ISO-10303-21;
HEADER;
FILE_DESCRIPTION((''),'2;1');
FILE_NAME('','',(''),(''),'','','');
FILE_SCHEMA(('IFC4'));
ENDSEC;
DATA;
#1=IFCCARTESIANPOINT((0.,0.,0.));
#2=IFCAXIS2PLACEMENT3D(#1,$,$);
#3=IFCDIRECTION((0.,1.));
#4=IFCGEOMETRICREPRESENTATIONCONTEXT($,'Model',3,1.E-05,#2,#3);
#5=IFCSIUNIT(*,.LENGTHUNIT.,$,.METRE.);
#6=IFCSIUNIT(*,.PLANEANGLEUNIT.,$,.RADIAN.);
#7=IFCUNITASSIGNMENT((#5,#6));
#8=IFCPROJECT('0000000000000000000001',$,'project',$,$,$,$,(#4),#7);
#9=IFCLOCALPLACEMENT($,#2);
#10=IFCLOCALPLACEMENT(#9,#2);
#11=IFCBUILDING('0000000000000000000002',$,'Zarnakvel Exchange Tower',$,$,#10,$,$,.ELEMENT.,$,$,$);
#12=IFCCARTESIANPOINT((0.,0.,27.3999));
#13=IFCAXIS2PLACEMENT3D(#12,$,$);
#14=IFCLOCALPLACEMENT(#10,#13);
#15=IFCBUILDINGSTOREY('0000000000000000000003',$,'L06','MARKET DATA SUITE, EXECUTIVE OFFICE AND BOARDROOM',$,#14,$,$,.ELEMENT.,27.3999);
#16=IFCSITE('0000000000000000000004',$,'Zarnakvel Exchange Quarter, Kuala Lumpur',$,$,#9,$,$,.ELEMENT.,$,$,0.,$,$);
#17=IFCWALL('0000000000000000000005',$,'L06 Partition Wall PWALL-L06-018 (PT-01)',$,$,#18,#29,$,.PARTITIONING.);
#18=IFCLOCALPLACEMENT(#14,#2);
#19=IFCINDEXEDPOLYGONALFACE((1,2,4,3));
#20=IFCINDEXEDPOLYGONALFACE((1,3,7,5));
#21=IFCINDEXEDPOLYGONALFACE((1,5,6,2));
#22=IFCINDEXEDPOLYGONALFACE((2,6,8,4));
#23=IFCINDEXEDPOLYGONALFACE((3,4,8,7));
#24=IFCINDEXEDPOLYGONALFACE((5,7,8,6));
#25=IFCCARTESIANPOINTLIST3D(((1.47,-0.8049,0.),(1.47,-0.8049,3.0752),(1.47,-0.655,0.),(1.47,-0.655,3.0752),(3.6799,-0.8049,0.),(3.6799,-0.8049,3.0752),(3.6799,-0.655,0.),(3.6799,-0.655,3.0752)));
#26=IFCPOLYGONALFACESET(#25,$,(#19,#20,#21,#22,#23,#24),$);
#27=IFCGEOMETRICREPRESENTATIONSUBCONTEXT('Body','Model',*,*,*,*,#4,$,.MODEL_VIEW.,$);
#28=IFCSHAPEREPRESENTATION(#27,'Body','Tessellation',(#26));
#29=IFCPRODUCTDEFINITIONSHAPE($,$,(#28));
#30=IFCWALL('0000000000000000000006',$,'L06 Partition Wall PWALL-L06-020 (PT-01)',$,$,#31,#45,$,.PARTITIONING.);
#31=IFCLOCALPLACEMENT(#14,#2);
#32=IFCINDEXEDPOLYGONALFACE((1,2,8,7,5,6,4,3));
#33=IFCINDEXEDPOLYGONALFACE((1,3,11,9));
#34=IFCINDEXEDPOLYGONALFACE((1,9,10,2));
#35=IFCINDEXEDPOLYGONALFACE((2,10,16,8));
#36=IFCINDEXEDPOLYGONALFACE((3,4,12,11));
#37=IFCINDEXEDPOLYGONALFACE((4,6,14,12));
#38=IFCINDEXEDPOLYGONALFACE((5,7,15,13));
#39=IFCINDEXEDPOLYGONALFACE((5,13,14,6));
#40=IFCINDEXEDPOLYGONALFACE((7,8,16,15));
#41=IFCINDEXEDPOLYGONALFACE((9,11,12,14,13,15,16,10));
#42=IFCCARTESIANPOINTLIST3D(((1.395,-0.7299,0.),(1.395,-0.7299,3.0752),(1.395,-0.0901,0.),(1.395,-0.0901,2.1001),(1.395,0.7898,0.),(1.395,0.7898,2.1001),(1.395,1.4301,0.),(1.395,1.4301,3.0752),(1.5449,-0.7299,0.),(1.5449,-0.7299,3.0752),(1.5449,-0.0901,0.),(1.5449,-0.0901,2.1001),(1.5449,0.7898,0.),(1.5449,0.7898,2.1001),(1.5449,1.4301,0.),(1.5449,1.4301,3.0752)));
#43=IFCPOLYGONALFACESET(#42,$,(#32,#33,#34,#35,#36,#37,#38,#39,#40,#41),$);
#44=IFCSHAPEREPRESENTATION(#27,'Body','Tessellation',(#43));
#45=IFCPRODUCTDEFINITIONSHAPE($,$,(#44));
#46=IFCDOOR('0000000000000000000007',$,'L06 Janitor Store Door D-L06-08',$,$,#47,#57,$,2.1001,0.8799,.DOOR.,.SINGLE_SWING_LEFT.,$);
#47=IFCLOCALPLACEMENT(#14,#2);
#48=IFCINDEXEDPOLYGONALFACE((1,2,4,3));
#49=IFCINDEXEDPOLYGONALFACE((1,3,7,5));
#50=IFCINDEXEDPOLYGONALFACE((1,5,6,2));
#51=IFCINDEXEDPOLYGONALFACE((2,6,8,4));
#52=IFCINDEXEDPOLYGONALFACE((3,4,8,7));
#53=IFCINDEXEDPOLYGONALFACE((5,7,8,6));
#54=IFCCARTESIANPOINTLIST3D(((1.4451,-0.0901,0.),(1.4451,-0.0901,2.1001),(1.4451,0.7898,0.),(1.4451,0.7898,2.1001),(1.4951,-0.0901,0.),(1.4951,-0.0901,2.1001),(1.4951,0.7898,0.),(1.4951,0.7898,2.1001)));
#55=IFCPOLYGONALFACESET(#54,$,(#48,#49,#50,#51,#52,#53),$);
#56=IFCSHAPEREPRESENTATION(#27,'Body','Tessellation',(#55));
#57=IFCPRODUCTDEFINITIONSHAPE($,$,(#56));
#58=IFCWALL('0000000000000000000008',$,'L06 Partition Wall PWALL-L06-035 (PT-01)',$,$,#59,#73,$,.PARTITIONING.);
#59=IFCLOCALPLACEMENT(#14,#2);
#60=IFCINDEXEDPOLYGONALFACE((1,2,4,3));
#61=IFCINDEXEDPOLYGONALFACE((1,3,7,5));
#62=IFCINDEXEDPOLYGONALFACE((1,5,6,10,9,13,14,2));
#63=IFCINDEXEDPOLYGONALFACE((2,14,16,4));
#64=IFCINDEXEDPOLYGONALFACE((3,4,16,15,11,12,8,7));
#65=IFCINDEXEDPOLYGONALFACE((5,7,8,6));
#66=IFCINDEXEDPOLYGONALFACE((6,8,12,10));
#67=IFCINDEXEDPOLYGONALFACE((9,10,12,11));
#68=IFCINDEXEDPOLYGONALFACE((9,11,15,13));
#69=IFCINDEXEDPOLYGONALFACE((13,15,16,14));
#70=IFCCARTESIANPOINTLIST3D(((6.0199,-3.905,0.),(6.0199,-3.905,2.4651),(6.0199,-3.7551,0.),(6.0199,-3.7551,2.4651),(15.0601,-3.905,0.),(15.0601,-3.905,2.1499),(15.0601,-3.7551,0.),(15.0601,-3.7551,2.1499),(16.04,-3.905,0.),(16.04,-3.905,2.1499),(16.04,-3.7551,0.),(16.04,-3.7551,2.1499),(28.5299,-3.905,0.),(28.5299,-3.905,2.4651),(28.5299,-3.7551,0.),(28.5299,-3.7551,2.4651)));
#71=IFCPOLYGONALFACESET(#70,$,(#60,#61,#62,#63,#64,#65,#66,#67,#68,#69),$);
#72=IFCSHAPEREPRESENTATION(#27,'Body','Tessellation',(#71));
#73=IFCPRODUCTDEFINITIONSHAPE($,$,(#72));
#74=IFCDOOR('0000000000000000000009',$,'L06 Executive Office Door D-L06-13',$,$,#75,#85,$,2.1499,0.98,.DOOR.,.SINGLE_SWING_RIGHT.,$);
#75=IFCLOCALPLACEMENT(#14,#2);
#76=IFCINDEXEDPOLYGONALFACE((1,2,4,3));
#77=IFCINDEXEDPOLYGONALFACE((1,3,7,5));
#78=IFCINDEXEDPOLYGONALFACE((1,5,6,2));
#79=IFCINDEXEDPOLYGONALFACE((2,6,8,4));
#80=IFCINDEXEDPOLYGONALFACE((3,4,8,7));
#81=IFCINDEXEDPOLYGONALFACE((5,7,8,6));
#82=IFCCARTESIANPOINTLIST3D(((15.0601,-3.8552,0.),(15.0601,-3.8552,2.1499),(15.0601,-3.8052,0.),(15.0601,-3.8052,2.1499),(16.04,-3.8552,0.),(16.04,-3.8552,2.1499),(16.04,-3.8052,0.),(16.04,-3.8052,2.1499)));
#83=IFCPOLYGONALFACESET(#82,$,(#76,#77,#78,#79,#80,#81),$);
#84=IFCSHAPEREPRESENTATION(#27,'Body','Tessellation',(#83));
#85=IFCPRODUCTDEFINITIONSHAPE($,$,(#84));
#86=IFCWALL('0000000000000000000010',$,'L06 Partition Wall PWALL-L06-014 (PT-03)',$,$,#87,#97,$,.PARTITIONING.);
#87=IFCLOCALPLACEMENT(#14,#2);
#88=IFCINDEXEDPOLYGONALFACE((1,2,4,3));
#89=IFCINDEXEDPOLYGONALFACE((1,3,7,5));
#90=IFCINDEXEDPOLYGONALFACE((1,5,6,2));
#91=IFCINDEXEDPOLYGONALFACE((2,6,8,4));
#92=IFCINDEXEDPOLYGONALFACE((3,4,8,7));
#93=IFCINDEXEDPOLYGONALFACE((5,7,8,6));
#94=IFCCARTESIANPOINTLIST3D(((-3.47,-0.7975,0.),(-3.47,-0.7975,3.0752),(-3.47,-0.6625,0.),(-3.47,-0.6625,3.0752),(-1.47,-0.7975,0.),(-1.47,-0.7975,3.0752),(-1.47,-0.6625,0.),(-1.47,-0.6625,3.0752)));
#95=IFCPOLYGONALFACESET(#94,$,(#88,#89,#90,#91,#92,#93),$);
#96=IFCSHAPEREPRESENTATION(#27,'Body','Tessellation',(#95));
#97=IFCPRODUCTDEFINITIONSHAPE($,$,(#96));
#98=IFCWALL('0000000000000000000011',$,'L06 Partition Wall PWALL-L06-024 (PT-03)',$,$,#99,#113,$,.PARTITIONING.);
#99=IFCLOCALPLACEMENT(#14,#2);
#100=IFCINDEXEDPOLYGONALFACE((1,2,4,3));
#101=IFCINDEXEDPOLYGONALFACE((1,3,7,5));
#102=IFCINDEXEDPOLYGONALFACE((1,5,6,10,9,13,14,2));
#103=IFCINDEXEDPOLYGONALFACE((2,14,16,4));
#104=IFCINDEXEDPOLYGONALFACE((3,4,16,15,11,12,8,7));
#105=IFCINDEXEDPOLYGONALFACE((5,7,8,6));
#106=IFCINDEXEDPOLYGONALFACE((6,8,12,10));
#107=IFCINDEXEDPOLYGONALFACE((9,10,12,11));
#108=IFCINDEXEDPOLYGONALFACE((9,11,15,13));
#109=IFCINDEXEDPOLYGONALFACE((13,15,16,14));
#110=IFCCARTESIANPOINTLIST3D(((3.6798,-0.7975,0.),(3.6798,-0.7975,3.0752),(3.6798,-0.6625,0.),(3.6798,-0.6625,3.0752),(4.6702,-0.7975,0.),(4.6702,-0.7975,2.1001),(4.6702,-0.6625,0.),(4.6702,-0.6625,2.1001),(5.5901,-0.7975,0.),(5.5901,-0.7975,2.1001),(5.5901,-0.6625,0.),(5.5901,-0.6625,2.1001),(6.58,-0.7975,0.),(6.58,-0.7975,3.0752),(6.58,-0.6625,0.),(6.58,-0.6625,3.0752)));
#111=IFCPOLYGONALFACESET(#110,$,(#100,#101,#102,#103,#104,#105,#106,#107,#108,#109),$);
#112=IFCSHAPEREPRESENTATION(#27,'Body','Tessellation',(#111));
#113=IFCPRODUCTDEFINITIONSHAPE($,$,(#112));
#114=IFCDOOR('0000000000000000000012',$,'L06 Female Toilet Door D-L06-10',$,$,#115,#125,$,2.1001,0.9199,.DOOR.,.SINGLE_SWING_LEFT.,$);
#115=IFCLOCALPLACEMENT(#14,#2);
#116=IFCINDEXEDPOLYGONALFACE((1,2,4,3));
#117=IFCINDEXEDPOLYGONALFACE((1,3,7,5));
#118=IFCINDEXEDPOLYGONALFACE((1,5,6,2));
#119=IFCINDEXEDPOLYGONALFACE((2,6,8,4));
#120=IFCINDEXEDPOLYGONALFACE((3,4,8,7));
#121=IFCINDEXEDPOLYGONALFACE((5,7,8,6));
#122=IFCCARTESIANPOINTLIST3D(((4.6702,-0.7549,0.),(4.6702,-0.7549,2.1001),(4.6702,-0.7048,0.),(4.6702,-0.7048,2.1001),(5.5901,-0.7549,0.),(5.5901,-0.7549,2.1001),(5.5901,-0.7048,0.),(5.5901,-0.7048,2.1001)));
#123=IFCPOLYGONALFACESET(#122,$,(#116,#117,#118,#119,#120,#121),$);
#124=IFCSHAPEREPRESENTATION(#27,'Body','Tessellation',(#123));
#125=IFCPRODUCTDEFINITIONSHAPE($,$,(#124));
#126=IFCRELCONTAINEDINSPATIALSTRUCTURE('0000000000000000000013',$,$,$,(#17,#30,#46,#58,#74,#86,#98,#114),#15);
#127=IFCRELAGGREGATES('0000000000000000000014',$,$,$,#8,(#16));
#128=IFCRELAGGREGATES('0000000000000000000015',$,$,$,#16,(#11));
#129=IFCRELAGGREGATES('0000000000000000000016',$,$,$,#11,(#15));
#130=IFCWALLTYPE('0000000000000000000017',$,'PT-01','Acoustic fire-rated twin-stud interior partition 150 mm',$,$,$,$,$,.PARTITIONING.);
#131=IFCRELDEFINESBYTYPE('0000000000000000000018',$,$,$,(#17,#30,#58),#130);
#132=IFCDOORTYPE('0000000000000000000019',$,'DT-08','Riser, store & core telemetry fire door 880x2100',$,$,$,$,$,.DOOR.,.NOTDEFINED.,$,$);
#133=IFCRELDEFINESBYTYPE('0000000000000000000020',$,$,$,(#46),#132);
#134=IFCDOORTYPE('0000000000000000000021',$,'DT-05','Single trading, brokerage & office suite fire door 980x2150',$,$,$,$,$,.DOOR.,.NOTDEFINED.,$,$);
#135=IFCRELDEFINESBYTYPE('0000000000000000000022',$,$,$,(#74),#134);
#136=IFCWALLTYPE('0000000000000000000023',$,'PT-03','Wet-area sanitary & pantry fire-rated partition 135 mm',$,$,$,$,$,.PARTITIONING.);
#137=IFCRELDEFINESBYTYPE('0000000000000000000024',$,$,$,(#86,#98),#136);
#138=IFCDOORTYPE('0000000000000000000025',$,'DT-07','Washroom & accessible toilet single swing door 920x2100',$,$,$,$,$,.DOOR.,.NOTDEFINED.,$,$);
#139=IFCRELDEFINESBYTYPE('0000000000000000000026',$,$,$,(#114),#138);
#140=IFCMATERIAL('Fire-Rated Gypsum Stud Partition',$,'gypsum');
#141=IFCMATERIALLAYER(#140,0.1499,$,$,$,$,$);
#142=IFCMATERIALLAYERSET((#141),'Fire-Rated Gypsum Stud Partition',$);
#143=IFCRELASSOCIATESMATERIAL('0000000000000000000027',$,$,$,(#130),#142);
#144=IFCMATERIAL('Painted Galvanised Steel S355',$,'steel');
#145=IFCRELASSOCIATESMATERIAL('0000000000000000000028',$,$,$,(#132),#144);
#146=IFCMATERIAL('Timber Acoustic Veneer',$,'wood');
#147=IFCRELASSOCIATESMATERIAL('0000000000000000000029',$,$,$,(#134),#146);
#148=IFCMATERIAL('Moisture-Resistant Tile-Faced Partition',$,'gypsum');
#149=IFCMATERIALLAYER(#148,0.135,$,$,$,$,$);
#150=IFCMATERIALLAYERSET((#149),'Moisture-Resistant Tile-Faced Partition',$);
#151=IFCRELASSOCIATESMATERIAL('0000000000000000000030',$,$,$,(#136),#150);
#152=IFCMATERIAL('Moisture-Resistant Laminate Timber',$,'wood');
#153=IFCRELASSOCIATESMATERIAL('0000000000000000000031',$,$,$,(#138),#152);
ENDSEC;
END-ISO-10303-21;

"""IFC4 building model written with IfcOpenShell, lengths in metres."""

from ifc_helpers import new_model, si_unit, direction, frame, frame_2d, origin, place, context, subcontext, project, spatial, rectangle, extrude, source, transform, mapped, material, layer, layer_set, type_object, element, fill, save


model = new_model("IFC4")

# Units and contexts
model_context = context("Model", 3, precision=1e-05, world=origin(), true_north=direction((0.0, 1.0)))
body_context = subcontext(model_context, "Body", "Model", "MODEL_VIEW")
ifc_project = project(units=[si_unit("LENGTHUNIT", "METRE"), si_unit("PLANEANGLEUNIT", "RADIAN")], contexts=[model_context])

# Site, building, storey
site_placement = place(None, origin())
site = spatial("IfcSite", under=ifc_project, at=site_placement, Name="Zarnakvel Exchange Quarter, Kuala Lumpur", CompositionType="ELEMENT", RefElevation=0.0)
building_placement = place(site_placement, origin())
building = spatial("IfcBuilding", under=site, at=building_placement, Name="Zarnakvel Exchange Tower", CompositionType="ELEMENT")
storey_placement = place(building_placement, frame((0.0, 0.0, 27.3999)))
storey = spatial("IfcBuildingStorey", under=building, at=storey_placement, Name="L06", Description="MARKET DATA SUITE, EXECUTIVE OFFICE AND BOARDROOM", CompositionType="ELEMENT", Elevation=27.3999)

# Wall
ifc_material_1 = material(Name="Fire-Rated Gypsum Stud Partition", Category="gypsum")
ifc_layer_1 = layer(ifc_material_1, 0.1499)
ifc_layer_set_1 = layer_set([ifc_layer_1], Name="Fire-Rated Gypsum Stud Partition")
wall_type_1 = type_object("IfcWallType", Name="PT-01", Description="Acoustic fire-rated twin-stud interior partition 150 mm", PredefinedType="PARTITIONING", material=ifc_layer_set_1)
wall_1_placement = place(storey_placement, frame((3.6799, -0.73, 0.0), z_axis=(0.0, 0.0, 1.0), x_axis=(-1.0, 0.0, 0.0)))
element("IfcWall", 1, at=wall_1_placement, inside=storey, type_object=wall_type_1, Name="L06 Partition Wall PWALL-L06-018 (PT-01)", PredefinedType="PARTITIONING", context=body_context, shape_type="SweptSolid", body=[
    extrude(rectangle(XDim=2.21, YDim=0.1499, at=frame_2d((1.105, 0.0))), origin(), (0.0, 0.0, 1.0), 3.0752),
])

# Walls, openings, doors
wall_2_placement = place(storey_placement, frame((1.47, -0.73, 0.0), z_axis=(0.0, 0.0, 1.0), x_axis=(0.0, 1.0, 0.0)))
wall_2 = element("IfcWall", 2, at=wall_2_placement, inside=storey, type_object=wall_type_1, Name="L06 Partition Wall PWALL-L06-020 (PT-01)", PredefinedType="PARTITIONING", context=body_context, shape_type="SweptSolid", body=[
    extrude(rectangle(XDim=2.1599, YDim=0.1499, at=frame_2d((1.0801, 0.0))), origin(), (0.0, 0.0, 1.0), 3.0752),
])
opening_1_placement = place(wall_2_placement, frame((0.6399, 0.0, 0.0)))
opening_1 = element("IfcOpeningElement", 3, at=opening_1_placement, cuts=wall_2, PredefinedType="OPENING", context=body_context, shape_type="SweptSolid", body=[
    extrude(rectangle(XDim=0.8799, YDim=2.1001, at=frame_2d((0.4399, 1.05))), frame((0.0, 0.085, 0.0), z_axis=(0.0, -1.0, 0.0), x_axis=(1.0, 0.0, 0.0)), (0.0, 0.0, 1.0), 0.1699),
])
ifc_material_2 = material(Name="Painted Galvanised Steel S355", Category="steel")
door_type_1 = type_object("IfcDoorType", Name="DT-08", Description="Riser, store & core telemetry fire door 880x2100", OperationType="NOTDEFINED", PredefinedType="DOOR", material=ifc_material_2)
shared_shape_1 = source(origin(), body_context, "Body", "SweptSolid", [
    extrude(rectangle(XDim=0.8799, YDim=2.1001, at=frame_2d((0.4399, 1.05))), frame((0.0, 0.0249, 0.0), z_axis=(0.0, -1.0, 0.0), x_axis=(1.0, 0.0, 0.0)), (0.0, 0.0, 1.0), 0.05),
])
door_1_placement = place(opening_1_placement, origin())
door_1 = element("IfcDoor", 4, at=door_1_placement, inside=storey, type_object=door_type_1, Name="L06 Janitor Store Door D-L06-08", OperationType="SINGLE_SWING_LEFT", OverallHeight=2.1001, OverallWidth=0.8799, PredefinedType="DOOR", context=body_context, shape_type="MappedRepresentation", body=[
    mapped(shared_shape_1, transform((0.0, 0.0, 0.0), x_axis=(1.0, 0.0, 0.0), y_axis=(0.0, 1.0, 0.0), z_axis=(0.0, 0.0, 1.0), scale=1.0)),
])
fill(opening_1, door_1)
wall_3_placement = place(storey_placement, frame((6.02, -3.8301, 0.0), z_axis=(0.0, 0.0, 1.0), x_axis=(1.0, 0.0, 0.0)))
wall_3 = element("IfcWall", 5, at=wall_3_placement, inside=storey, type_object=wall_type_1, Name="L06 Partition Wall PWALL-L06-035 (PT-01)", PredefinedType="PARTITIONING", context=body_context, shape_type="SweptSolid", body=[
    extrude(rectangle(XDim=22.51, YDim=0.1499, at=frame_2d((11.2549, 0.0))), origin(), (0.0, 0.0, 1.0), 2.4651),
])
opening_2_placement = place(wall_3_placement, frame((9.04, 0.0, 0.0)))
opening_2 = element("IfcOpeningElement", 6, at=opening_2_placement, cuts=wall_3, PredefinedType="OPENING", context=body_context, shape_type="SweptSolid", body=[
    extrude(rectangle(XDim=0.98, YDim=2.1499, at=frame_2d((0.49, 1.075))), frame((0.0, 0.085, 0.0), z_axis=(0.0, -1.0, 0.0), x_axis=(1.0, 0.0, 0.0)), (0.0, 0.0, 1.0), 0.1699),
])
ifc_material_3 = material(Name="Timber Acoustic Veneer", Category="wood")
door_type_2 = type_object("IfcDoorType", Name="DT-05", Description="Single trading, brokerage & office suite fire door 980x2150", OperationType="NOTDEFINED", PredefinedType="DOOR", material=ifc_material_3)
shared_shape_2 = source(origin(), body_context, "Body", "SweptSolid", [
    extrude(rectangle(XDim=0.98, YDim=2.1499, at=frame_2d((0.49, 1.075))), frame((0.0, 0.0249, 0.0), z_axis=(0.0, -1.0, 0.0), x_axis=(1.0, 0.0, 0.0)), (0.0, 0.0, 1.0), 0.05),
])
door_2_placement = place(opening_2_placement, origin())
door_2 = element("IfcDoor", 7, at=door_2_placement, inside=storey, type_object=door_type_2, Name="L06 Executive Office Door D-L06-13", OperationType="SINGLE_SWING_RIGHT", OverallHeight=2.1499, OverallWidth=0.98, PredefinedType="DOOR", context=body_context, shape_type="MappedRepresentation", body=[
    mapped(shared_shape_2, transform((0.0, 0.0, 0.0), x_axis=(1.0, 0.0, 0.0), y_axis=(0.0, 1.0, 0.0), z_axis=(0.0, 0.0, 1.0), scale=1.0)),
])
fill(opening_2, door_2)

# Wall
ifc_material_4 = material(Name="Moisture-Resistant Tile-Faced Partition", Category="gypsum")
ifc_layer_2 = layer(ifc_material_4, 0.135)
ifc_layer_set_2 = layer_set([ifc_layer_2], Name="Moisture-Resistant Tile-Faced Partition")
wall_type_2 = type_object("IfcWallType", Name="PT-03", Description="Wet-area sanitary & pantry fire-rated partition 135 mm", PredefinedType="PARTITIONING", material=ifc_layer_set_2)
wall_4_placement = place(storey_placement, frame((-1.47, -0.73, 0.0), z_axis=(0.0, 0.0, 1.0), x_axis=(-1.0, 0.0, 0.0)))
element("IfcWall", 8, at=wall_4_placement, inside=storey, type_object=wall_type_2, Name="L06 Partition Wall PWALL-L06-014 (PT-03)", PredefinedType="PARTITIONING", context=body_context, shape_type="SweptSolid", body=[
    extrude(rectangle(XDim=2.0, YDim=0.135, at=frame_2d((1.0, 0.0))), origin(), (0.0, 0.0, 1.0), 3.0752),
])

# Wall, opening, door
wall_5_placement = place(storey_placement, frame((6.5801, -0.73, 0.0), z_axis=(0.0, 0.0, 1.0), x_axis=(-1.0, 0.0, 0.0)))
wall_5 = element("IfcWall", 9, at=wall_5_placement, inside=storey, type_object=wall_type_2, Name="L06 Partition Wall PWALL-L06-024 (PT-03)", PredefinedType="PARTITIONING", context=body_context, shape_type="SweptSolid", body=[
    extrude(rectangle(XDim=2.9001, YDim=0.135, at=frame_2d((1.4502, 0.0))), origin(), (0.0, 0.0, 1.0), 3.0752),
])
opening_3_placement = place(wall_5_placement, frame((0.99, 0.0, 0.0)))
opening_3 = element("IfcOpeningElement", 10, at=opening_3_placement, cuts=wall_5, PredefinedType="OPENING", context=body_context, shape_type="SweptSolid", body=[
    extrude(rectangle(XDim=0.9199, YDim=2.1001, at=frame_2d((0.46, 1.05))), frame((0.0, 0.0774, 0.0), z_axis=(0.0, -1.0, 0.0), x_axis=(1.0, 0.0, 0.0)), (0.0, 0.0, 1.0), 0.155),
])
ifc_material_5 = material(Name="Moisture-Resistant Laminate Timber", Category="wood")
door_type_3 = type_object("IfcDoorType", Name="DT-07", Description="Washroom & accessible toilet single swing door 920x2100", OperationType="NOTDEFINED", PredefinedType="DOOR", material=ifc_material_5)
shared_shape_3 = source(origin(), body_context, "Body", "SweptSolid", [
    extrude(rectangle(XDim=0.9199, YDim=2.1001, at=frame_2d((0.46, 1.05))), frame((0.0, 0.0249, 0.0), z_axis=(0.0, -1.0, 0.0), x_axis=(1.0, 0.0, 0.0)), (0.0, 0.0, 1.0), 0.05),
])
door_3_placement = place(opening_3_placement, origin())
door_3 = element("IfcDoor", 11, at=door_3_placement, inside=storey, type_object=door_type_3, Name="L06 Female Toilet Door D-L06-10", OperationType="SINGLE_SWING_LEFT", OverallHeight=2.1001, OverallWidth=0.9199, PredefinedType="DOOR", context=body_context, shape_type="MappedRepresentation", body=[
    mapped(shared_shape_3, transform((0.0, 0.0, 0.0), x_axis=(1.0, 0.0, 0.0), y_axis=(0.0, 1.0, 0.0), z_axis=(0.0, 0.0, 1.0), scale=1.0)),
])
fill(opening_3, door_3)

save(model, "model.ifc")
